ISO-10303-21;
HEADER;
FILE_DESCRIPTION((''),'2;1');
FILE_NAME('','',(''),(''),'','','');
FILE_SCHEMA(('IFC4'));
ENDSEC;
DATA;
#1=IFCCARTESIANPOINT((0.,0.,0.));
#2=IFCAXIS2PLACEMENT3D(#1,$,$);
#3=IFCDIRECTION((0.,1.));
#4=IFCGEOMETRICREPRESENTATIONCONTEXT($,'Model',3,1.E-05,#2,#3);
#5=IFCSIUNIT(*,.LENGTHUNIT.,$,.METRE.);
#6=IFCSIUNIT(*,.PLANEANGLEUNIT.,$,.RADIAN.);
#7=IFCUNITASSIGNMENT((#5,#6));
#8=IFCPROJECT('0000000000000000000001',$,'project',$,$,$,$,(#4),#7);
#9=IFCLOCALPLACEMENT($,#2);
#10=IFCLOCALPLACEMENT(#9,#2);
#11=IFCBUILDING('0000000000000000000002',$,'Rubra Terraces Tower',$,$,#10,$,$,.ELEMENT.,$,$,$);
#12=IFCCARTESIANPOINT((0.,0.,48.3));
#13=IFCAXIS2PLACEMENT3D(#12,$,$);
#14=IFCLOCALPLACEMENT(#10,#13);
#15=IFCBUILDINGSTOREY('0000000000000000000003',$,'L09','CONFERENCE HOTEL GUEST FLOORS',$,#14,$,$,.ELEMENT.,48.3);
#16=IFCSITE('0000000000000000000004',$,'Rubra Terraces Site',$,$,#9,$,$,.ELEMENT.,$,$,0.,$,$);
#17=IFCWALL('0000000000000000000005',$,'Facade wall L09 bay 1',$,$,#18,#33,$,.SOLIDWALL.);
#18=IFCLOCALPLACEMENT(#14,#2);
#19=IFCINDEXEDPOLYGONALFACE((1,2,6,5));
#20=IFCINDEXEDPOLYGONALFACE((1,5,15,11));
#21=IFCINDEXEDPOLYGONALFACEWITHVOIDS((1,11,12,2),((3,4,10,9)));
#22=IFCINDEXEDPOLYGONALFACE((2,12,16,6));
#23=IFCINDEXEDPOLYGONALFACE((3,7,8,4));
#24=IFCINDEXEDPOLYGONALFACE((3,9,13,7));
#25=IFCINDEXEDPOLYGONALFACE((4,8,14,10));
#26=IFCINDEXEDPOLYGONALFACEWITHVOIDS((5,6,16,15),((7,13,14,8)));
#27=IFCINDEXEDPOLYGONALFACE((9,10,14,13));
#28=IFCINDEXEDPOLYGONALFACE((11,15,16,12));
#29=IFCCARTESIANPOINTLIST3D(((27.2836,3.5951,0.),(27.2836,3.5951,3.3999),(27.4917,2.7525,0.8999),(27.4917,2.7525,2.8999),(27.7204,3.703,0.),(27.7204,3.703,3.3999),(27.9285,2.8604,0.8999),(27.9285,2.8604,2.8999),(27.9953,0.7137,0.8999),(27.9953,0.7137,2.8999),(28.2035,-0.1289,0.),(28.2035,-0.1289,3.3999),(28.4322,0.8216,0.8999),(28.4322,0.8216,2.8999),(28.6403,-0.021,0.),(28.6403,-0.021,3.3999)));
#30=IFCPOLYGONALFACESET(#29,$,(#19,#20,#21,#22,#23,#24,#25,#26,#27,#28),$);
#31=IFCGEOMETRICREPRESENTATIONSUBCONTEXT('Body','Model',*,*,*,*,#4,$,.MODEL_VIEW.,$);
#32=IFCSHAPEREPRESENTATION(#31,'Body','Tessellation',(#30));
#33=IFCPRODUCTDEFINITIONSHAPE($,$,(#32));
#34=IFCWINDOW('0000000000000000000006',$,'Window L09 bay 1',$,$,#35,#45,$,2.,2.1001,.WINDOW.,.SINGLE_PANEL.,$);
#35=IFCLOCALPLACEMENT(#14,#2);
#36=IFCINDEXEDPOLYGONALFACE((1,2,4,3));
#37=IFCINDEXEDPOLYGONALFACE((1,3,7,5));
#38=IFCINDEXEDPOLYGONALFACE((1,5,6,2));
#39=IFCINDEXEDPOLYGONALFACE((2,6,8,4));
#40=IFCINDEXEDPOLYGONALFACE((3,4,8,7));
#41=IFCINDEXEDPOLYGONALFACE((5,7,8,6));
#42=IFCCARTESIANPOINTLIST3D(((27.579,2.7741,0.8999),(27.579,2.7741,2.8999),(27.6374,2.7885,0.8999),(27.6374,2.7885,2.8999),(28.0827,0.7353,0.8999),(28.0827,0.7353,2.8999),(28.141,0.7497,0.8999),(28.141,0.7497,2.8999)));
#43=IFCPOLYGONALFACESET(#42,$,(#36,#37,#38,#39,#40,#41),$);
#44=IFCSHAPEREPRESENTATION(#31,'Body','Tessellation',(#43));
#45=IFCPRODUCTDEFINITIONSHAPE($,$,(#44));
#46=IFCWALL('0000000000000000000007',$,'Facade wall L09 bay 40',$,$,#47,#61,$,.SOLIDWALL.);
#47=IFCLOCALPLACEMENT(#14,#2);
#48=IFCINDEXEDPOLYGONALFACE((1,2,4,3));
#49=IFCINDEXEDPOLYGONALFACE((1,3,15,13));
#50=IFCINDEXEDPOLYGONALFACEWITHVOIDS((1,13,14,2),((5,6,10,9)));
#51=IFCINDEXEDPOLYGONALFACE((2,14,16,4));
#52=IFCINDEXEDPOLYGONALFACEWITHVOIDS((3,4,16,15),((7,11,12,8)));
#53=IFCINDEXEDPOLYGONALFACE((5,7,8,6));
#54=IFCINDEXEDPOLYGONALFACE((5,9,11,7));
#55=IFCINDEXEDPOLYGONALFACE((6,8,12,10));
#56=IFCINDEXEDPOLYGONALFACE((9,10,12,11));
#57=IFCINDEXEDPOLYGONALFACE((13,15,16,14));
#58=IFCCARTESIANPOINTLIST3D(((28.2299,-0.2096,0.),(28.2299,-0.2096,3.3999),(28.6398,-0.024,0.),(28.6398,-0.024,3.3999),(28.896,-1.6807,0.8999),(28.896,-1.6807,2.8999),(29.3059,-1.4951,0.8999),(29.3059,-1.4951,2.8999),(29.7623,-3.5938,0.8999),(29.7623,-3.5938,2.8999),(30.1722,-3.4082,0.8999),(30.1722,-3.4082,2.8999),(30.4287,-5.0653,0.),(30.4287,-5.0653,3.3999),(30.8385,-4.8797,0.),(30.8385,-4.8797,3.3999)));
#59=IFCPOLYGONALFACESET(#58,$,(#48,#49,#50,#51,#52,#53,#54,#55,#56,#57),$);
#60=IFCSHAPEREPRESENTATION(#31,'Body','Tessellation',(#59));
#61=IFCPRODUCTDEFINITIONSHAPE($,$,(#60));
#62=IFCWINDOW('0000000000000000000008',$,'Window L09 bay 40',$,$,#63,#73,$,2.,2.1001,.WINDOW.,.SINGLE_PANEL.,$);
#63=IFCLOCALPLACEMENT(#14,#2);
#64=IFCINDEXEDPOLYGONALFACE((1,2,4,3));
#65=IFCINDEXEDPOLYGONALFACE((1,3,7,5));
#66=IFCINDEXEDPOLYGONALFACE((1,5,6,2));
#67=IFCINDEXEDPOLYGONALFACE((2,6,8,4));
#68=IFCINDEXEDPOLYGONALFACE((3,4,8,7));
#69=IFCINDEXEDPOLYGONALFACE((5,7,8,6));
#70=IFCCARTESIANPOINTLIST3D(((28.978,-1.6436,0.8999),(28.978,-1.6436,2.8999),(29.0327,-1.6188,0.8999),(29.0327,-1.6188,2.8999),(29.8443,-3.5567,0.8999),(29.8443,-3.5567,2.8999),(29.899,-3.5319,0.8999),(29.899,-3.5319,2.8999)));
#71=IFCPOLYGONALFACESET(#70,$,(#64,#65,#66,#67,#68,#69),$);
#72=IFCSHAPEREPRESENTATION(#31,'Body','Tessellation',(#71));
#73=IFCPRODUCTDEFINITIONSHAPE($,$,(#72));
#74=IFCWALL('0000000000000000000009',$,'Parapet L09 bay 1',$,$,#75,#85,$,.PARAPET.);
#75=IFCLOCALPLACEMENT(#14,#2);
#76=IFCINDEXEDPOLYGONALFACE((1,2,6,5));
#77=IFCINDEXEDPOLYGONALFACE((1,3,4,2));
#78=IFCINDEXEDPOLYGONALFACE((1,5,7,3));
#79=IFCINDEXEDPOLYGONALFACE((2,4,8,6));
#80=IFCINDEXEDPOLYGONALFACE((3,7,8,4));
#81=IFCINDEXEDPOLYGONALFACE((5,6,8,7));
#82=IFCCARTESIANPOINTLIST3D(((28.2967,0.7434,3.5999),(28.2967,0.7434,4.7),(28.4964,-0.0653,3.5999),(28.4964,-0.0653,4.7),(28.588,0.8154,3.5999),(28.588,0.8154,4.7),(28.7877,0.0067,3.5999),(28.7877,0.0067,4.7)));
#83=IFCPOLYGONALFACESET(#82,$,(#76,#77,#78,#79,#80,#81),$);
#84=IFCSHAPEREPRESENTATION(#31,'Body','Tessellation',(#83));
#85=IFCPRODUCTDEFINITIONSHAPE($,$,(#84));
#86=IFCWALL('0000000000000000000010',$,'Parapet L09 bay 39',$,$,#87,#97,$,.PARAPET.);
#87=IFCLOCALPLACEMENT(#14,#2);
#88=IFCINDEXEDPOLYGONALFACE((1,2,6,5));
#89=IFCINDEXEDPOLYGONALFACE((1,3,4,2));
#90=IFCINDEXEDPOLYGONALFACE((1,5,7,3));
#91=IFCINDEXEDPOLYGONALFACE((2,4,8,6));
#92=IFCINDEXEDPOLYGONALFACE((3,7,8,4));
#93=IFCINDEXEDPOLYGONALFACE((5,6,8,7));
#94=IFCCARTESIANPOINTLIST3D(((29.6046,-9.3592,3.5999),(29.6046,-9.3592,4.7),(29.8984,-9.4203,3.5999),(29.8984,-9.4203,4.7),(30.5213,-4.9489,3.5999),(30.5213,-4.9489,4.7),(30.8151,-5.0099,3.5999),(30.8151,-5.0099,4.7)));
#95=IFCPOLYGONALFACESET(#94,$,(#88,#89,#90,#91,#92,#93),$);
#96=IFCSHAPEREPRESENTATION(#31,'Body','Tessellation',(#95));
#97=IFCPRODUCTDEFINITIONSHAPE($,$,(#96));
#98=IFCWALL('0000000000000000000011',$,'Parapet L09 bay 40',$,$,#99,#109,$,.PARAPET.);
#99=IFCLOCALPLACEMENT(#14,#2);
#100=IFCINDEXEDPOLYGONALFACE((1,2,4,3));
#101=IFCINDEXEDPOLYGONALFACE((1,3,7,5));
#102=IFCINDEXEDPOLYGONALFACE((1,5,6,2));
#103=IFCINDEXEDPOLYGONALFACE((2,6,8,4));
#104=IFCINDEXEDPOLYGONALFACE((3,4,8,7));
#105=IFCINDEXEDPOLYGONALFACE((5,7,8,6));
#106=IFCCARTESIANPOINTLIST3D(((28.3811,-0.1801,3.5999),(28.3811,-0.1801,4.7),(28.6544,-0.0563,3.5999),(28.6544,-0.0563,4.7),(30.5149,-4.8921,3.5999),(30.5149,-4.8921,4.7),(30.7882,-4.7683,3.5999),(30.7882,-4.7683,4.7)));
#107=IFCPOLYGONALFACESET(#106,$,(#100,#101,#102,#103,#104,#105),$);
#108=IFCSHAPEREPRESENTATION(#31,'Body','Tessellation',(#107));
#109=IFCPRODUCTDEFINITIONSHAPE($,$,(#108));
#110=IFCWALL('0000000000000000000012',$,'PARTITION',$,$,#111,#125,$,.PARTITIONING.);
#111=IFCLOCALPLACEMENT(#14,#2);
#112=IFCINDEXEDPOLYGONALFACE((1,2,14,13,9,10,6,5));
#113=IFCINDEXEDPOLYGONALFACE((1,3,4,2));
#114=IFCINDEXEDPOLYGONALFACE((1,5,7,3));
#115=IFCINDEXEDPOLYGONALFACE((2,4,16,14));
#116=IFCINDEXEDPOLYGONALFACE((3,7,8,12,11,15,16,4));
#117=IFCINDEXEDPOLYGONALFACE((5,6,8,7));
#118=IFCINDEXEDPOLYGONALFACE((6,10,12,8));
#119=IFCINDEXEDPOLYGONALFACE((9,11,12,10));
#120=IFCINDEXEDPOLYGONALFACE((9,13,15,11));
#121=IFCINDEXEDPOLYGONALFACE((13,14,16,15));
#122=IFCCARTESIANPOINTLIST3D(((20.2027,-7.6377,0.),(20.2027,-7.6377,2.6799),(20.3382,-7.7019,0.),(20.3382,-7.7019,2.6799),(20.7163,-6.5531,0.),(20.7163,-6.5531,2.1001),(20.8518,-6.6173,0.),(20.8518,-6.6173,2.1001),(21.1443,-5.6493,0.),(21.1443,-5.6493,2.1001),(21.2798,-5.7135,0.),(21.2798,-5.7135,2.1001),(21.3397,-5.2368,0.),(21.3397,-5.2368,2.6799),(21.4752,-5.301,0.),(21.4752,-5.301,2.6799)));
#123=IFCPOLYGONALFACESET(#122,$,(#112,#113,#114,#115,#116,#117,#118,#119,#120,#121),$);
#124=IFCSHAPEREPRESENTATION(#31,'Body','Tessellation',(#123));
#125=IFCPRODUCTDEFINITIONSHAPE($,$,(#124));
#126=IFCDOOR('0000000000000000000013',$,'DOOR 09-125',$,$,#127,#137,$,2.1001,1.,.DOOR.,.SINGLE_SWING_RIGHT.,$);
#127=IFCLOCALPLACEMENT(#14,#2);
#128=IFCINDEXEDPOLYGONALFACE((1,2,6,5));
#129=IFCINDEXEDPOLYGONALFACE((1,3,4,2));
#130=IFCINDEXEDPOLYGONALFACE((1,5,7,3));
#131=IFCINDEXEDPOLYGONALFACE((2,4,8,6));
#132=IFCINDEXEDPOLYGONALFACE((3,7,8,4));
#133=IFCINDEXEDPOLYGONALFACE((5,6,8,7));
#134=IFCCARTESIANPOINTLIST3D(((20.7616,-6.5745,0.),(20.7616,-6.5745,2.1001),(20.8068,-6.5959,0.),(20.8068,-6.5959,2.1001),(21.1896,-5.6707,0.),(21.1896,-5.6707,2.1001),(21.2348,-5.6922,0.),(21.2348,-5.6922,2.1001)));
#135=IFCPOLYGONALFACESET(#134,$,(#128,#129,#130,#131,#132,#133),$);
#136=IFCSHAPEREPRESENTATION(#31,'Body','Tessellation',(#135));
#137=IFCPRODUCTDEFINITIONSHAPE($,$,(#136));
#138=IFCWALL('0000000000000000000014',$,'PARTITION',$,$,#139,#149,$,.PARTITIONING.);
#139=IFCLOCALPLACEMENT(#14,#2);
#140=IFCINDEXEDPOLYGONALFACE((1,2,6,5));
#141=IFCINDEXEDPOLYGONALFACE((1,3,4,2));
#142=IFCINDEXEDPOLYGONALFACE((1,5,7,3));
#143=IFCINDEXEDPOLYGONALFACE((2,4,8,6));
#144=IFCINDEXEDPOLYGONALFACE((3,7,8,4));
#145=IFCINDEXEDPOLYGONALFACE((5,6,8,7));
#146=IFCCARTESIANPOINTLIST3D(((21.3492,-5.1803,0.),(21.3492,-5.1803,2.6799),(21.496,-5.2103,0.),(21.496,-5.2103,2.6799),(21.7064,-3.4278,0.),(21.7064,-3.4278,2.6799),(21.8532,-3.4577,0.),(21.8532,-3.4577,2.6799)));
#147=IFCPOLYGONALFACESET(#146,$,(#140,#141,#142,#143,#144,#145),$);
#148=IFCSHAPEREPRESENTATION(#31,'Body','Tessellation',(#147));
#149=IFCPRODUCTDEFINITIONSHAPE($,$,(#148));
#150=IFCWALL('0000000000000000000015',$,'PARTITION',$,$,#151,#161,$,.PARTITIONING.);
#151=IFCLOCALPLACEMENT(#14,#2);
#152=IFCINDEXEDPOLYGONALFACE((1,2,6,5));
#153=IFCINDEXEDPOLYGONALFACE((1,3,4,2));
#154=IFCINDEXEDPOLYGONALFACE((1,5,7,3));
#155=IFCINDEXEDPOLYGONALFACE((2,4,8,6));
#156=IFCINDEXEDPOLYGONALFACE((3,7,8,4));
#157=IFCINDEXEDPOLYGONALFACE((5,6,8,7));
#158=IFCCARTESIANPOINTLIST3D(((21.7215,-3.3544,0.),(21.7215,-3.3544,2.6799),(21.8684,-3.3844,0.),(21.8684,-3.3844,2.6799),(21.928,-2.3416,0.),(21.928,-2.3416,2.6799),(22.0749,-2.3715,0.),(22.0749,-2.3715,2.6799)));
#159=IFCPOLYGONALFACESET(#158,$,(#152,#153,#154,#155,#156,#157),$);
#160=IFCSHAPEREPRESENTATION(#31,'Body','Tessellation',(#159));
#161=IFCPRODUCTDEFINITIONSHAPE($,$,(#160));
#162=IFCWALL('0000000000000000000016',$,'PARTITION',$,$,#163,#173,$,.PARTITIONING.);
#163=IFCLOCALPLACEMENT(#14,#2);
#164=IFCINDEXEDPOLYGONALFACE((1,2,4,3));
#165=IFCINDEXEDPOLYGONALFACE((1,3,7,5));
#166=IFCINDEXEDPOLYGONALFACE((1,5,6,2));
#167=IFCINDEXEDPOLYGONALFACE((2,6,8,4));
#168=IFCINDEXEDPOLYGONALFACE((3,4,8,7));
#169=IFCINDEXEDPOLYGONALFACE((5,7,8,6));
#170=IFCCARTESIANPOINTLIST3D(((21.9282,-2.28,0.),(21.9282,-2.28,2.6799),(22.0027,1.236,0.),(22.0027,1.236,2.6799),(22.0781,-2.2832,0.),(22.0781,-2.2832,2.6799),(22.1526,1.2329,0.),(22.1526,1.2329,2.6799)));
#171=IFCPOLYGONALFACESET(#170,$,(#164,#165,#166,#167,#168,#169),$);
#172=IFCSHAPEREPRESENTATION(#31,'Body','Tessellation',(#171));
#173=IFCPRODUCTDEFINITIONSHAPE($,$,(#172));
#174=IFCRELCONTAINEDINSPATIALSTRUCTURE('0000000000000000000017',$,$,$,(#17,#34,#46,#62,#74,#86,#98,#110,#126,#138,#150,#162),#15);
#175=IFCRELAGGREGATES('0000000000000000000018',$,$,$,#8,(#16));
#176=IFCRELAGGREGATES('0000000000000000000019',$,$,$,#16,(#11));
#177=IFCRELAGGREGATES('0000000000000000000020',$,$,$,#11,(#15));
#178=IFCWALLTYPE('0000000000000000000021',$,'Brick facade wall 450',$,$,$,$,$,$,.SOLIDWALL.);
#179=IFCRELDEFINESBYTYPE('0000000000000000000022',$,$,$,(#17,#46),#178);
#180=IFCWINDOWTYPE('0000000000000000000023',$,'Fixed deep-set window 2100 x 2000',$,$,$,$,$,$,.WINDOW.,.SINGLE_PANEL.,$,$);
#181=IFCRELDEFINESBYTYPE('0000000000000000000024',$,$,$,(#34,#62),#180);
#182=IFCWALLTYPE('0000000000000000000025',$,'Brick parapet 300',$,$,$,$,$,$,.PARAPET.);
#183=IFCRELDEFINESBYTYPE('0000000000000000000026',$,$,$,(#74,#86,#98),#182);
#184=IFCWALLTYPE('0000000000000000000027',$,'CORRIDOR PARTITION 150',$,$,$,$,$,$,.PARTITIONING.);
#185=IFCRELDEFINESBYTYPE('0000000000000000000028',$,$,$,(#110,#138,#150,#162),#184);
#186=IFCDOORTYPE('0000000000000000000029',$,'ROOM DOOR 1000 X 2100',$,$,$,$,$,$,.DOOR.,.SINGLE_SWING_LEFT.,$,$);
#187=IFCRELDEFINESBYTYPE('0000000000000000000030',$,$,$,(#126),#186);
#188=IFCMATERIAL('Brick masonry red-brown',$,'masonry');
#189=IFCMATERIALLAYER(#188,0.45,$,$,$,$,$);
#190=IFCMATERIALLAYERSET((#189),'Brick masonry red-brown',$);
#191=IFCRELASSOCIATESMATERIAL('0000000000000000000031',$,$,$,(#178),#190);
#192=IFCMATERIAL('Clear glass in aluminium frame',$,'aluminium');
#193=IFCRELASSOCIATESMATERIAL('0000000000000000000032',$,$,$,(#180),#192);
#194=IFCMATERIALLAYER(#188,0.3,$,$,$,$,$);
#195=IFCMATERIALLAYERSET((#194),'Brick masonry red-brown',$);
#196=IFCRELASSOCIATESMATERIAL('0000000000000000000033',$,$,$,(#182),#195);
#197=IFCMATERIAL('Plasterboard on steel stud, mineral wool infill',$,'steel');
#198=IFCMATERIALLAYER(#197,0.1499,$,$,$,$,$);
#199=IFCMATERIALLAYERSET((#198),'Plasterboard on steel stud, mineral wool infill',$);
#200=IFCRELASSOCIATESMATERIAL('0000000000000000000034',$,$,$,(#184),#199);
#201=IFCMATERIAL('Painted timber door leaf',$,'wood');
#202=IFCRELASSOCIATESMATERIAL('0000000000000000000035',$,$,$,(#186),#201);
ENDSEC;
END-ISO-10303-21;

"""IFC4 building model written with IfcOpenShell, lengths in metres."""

from ifc_helpers import new_model, si_unit, direction, frame, frame_2d, origin, place, context, subcontext, project, spatial, rectangle, extrude, material, layer, layer_set, type_object, element, fill, save


model = new_model("IFC4")

# Units and contexts
model_context = context("Model", 3, precision=1e-05, world=origin(), true_north=direction((0.0, 1.0)))
body_context = subcontext(model_context, "Body", "Model", "MODEL_VIEW")
ifc_project = project(units=[si_unit("LENGTHUNIT", "METRE"), si_unit("PLANEANGLEUNIT", "RADIAN")], contexts=[model_context])

# Site, building, storey
site_placement = place(None, origin())
site = spatial("IfcSite", under=ifc_project, at=site_placement, Name="Rubra Terraces Site", CompositionType="ELEMENT", RefElevation=0.0)
building_placement = place(site_placement, origin())
building = spatial("IfcBuilding", under=site, at=building_placement, Name="Rubra Terraces Tower", CompositionType="ELEMENT")
storey_placement = place(building_placement, frame((0.0, 0.0, 48.3)))
storey = spatial("IfcBuildingStorey", under=building, at=storey_placement, Name="L09", Description="CONFERENCE HOTEL GUEST FLOORS", CompositionType="ELEMENT", Elevation=48.3)

# Walls, openings, windows
ifc_material_1 = material(Name="Brick masonry red-brown", Category="masonry")
ifc_layer_1 = layer(ifc_material_1, 0.45)
ifc_layer_set_1 = layer_set([ifc_layer_1], Name="Brick masonry red-brown")
wall_type_1 = type_object("IfcWallType", Name="Brick facade wall 450", PredefinedType="SOLIDWALL", material=ifc_layer_set_1)
wall_1_placement = place(storey_placement, frame((28.4219, -0.075, 0.0), z_axis=(0.0, 0.0, 1.0), x_axis=(-0.239809, 0.97082, 0.0)))
wall_1 = element("IfcWall", 1, at=wall_1_placement, inside=storey, type_object=wall_type_1, Name="Facade wall L09 bay 1", PredefinedType="SOLIDWALL", context=body_context, shape_type="SweptSolid", body=[
    extrude(rectangle(XDim=3.8359, YDim=0.45, at=frame_2d((1.918, 0.0))), origin(), (0.0, 0.0, 1.0), 3.3999),
])
opening_1_placement = place(wall_1_placement, frame((0.8679, 0.0, 0.8999)))
opening_1 = element("IfcOpeningElement", 2, at=opening_1_placement, cuts=wall_1, PredefinedType="OPENING", context=body_context, shape_type="SweptSolid", body=[
    extrude(rectangle(XDim=2.1001, YDim=2.0, at=frame_2d((1.05, 1.0))), frame((0.0, 0.2349, 0.0), z_axis=(0.0, -1.0, 0.0), x_axis=(1.0, 0.0, 0.0)), (0.0, 0.0, 1.0), 0.47),
])
ifc_material_2 = material(Name="Clear glass in aluminium frame", Category="aluminium")
window_type = type_object("IfcWindowType", Name="Fixed deep-set window 2100 x 2000", PartitioningType="SINGLE_PANEL", PredefinedType="WINDOW", material=ifc_material_2)
window_1_placement = place(opening_1_placement, origin())
window_1 = element("IfcWindow", 3, at=window_1_placement, inside=storey, type_object=window_type, Name="Window L09 bay 1", OverallHeight=2.0, OverallWidth=2.1001, PartitioningType="SINGLE_PANEL", PredefinedType="WINDOW", context=body_context, shape_type="SweptSolid", body=[
    extrude(rectangle(XDim=2.1001, YDim=2.0, at=frame_2d((1.05, 1.0))), frame((0.0, 0.135, 0.0), z_axis=(0.0, -1.0, 0.0), x_axis=(1.0, 0.0, 0.0)), (0.0, 0.0, 1.0), 0.0601),
])
fill(opening_1, window_1)
wall_2_placement = place(storey_placement, frame((30.6335, -4.9724, 0.0), z_axis=(0.0, 0.0, 1.0), x_axis=(-0.412495, 0.91096, 0.0)))
wall_2 = element("IfcWall", 4, at=wall_2_placement, inside=storey, type_object=wall_type_1, Name="Facade wall L09 bay 40", PredefinedType="SOLIDWALL", context=body_context, shape_type="SweptSolid", body=[
    extrude(rectangle(XDim=5.3303, YDim=0.45, at=frame_2d((2.665, 0.0))), origin(), (0.0, 0.0, 1.0), 3.3999),
])
opening_2_placement = place(wall_2_placement, frame((1.6152, 0.0, 0.8999)))
opening_2 = element("IfcOpeningElement", 5, at=opening_2_placement, cuts=wall_2, PredefinedType="OPENING", context=body_context, shape_type="SweptSolid", body=[
    extrude(rectangle(XDim=2.1001, YDim=2.0, at=frame_2d((1.05, 1.0))), frame((0.0, 0.2349, 0.0), z_axis=(0.0, -1.0, 0.0), x_axis=(1.0, 0.0, 0.0)), (0.0, 0.0, 1.0), 0.47),
])
window_2_placement = place(opening_2_placement, origin())
window_2 = element("IfcWindow", 6, at=window_2_placement, inside=storey, type_object=window_type, Name="Window L09 bay 40", OverallHeight=2.0, OverallWidth=2.1001, PartitioningType="SINGLE_PANEL", PredefinedType="WINDOW", context=body_context, shape_type="SweptSolid", body=[
    extrude(rectangle(XDim=2.1001, YDim=2.0, at=frame_2d((1.05, 1.0))), frame((0.0, 0.135, 0.0), z_axis=(0.0, -1.0, 0.0), x_axis=(1.0, 0.0, 0.0)), (0.0, 0.0, 1.0), 0.0601),
])
fill(opening_2, window_2)

# Walls
ifc_layer_2 = layer(ifc_material_1, 0.3)
ifc_layer_set_2 = layer_set([ifc_layer_2], Name="Brick masonry red-brown")
wall_type_2 = type_object("IfcWallType", Name="Brick parapet 300", PredefinedType="PARAPET", material=ifc_layer_set_2)
wall_3_placement = place(storey_placement, frame((28.6421, -0.0293, 3.5999), z_axis=(0.0, 0.0, 1.0), x_axis=(-0.239776, 0.970828, 0.0)))
element("IfcWall", 7, at=wall_3_placement, inside=storey, type_object=wall_type_2, Name="Parapet L09 bay 1", PredefinedType="PARAPET", context=body_context, shape_type="SweptSolid", body=[
    extrude(rectangle(XDim=0.833, YDim=0.3, at=frame_2d((0.4165, 0.0))), origin(), (0.0, 0.0, 1.0), 1.1001),
])
wall_4_placement = place(storey_placement, frame((29.7515, -9.3899, 3.5999), z_axis=(0.0, 0.0, 1.0), x_axis=(0.203511, 0.979073, 0.0)))
element("IfcWall", 8, at=wall_4_placement, inside=storey, type_object=wall_type_2, Name="Parapet L09 bay 39", PredefinedType="PARAPET", context=body_context, shape_type="SweptSolid", body=[
    extrude(rectangle(XDim=4.5046, YDim=0.3, at=frame_2d((2.2524, 0.0))), origin(), (0.0, 0.0, 1.0), 1.1001),
])
wall_5_placement = place(storey_placement, frame((30.6516, -4.8303, 3.5999), z_axis=(0.0, 0.0, 1.0), x_axis=(-0.412522, 0.910947, 0.0)))
element("IfcWall", 9, at=wall_5_placement, inside=storey, type_object=wall_type_2, Name="Parapet L09 bay 40", PredefinedType="PARAPET", context=body_context, shape_type="SweptSolid", body=[
    extrude(rectangle(XDim=5.1726, YDim=0.3, at=frame_2d((2.5864, 0.0))), origin(), (0.0, 0.0, 1.0), 1.1001),
])

# Wall, opening, door
ifc_material_3 = material(Name="Plasterboard on steel stud, mineral wool infill", Category="steel")
ifc_layer_3 = layer(ifc_material_3, 0.1499)
ifc_layer_set_3 = layer_set([ifc_layer_3], Name="Plasterboard on steel stud, mineral wool infill")
wall_type_3 = type_object("IfcWallType", Name="CORRIDOR PARTITION 150", PredefinedType="PARTITIONING", material=ifc_layer_set_3)
wall_6_placement = place(storey_placement, frame((20.2705, -7.6697, 0.0), z_axis=(0.0, 0.0, 1.0), x_axis=(0.427995, 0.903781, 0.0)))
wall_6 = element("IfcWall", 10, at=wall_6_placement, inside=storey, type_object=wall_type_3, Name="PARTITION", PredefinedType="PARTITIONING", context=body_context, shape_type="SweptSolid", body=[
    extrude(rectangle(XDim=2.6565, YDim=0.1499, at=frame_2d((1.3281, 0.0))), origin(), (0.0, 0.0, 1.0), 2.6799),
])
opening_3_placement = place(wall_6_placement, frame((1.2, 0.0, 0.0)))
opening_3 = element("IfcOpeningElement", 11, at=opening_3_placement, cuts=wall_6, PredefinedType="OPENING", context=body_context, shape_type="SweptSolid", body=[
    extrude(rectangle(XDim=1.0, YDim=2.1001, at=frame_2d((0.5, 1.05))), frame((0.0, 0.085, 0.0), z_axis=(0.0, -1.0, 0.0), x_axis=(1.0, 0.0, 0.0)), (0.0, 0.0, 1.0), 0.1699),
])
ifc_material_4 = material(Name="Painted timber door leaf", Category="wood")
door_type = type_object("IfcDoorType", Name="ROOM DOOR 1000 X 2100", OperationType="SINGLE_SWING_LEFT", PredefinedType="DOOR", material=ifc_material_4)
door_placement = place(opening_3_placement, origin())
door = element("IfcDoor", 12, at=door_placement, inside=storey, type_object=door_type, Name="DOOR 09-125", OperationType="SINGLE_SWING_RIGHT", OverallHeight=2.1001, OverallWidth=1.0, PredefinedType="DOOR", context=body_context, shape_type="SweptSolid", body=[
    extrude(rectangle(XDim=1.0, YDim=2.1001, at=frame_2d((0.5, 1.05))), frame((0.0, 0.0249, 0.0), z_axis=(0.0, -1.0, 0.0), x_axis=(1.0, 0.0, 0.0)), (0.0, 0.0, 1.0), 0.05),
])
fill(opening_3, door)

# Walls
wall_7_placement = place(storey_placement, frame((21.4226, -5.1953, 0.0), z_axis=(0.0, 0.0, 1.0), x_axis=(0.199711, 0.979855, 0.0)))
element("IfcWall", 13, at=wall_7_placement, inside=storey, type_object=wall_type_3, Name="PARTITION", PredefinedType="PARTITIONING", context=body_context, shape_type="SweptSolid", body=[
    extrude(rectangle(XDim=1.7886, YDim=0.1499, at=frame_2d((0.8943, 0.0))), origin(), (0.0, 0.0, 1.0), 2.6799),
])
wall_8_placement = place(storey_placement, frame((21.7949, -3.3694, 0.0), z_axis=(0.0, 0.0, 1.0), x_axis=(0.199793, 0.979838, 0.0)))
element("IfcWall", 14, at=wall_8_placement, inside=storey, type_object=wall_type_3, Name="PARTITION", PredefinedType="PARTITIONING", context=body_context, shape_type="SweptSolid", body=[
    extrude(rectangle(XDim=1.0337, YDim=0.1499, at=frame_2d((0.5168, 0.0))), origin(), (0.0, 0.0, 1.0), 2.6799),
])
wall_9_placement = place(storey_placement, frame((22.0032, -2.2815, 0.0), z_axis=(0.0, 0.0, 1.0), x_axis=(0.021173, 0.999776, 0.0)))
element("IfcWall", 15, at=wall_9_placement, inside=storey, type_object=wall_type_3, Name="PARTITION", PredefinedType="PARTITIONING", context=body_context, shape_type="SweptSolid", body=[
    extrude(rectangle(XDim=3.5168, YDim=0.1499, at=frame_2d((1.7583, 0.0))), origin(), (0.0, 0.0, 1.0), 2.6799),
])

save(model, "model.ifc")
